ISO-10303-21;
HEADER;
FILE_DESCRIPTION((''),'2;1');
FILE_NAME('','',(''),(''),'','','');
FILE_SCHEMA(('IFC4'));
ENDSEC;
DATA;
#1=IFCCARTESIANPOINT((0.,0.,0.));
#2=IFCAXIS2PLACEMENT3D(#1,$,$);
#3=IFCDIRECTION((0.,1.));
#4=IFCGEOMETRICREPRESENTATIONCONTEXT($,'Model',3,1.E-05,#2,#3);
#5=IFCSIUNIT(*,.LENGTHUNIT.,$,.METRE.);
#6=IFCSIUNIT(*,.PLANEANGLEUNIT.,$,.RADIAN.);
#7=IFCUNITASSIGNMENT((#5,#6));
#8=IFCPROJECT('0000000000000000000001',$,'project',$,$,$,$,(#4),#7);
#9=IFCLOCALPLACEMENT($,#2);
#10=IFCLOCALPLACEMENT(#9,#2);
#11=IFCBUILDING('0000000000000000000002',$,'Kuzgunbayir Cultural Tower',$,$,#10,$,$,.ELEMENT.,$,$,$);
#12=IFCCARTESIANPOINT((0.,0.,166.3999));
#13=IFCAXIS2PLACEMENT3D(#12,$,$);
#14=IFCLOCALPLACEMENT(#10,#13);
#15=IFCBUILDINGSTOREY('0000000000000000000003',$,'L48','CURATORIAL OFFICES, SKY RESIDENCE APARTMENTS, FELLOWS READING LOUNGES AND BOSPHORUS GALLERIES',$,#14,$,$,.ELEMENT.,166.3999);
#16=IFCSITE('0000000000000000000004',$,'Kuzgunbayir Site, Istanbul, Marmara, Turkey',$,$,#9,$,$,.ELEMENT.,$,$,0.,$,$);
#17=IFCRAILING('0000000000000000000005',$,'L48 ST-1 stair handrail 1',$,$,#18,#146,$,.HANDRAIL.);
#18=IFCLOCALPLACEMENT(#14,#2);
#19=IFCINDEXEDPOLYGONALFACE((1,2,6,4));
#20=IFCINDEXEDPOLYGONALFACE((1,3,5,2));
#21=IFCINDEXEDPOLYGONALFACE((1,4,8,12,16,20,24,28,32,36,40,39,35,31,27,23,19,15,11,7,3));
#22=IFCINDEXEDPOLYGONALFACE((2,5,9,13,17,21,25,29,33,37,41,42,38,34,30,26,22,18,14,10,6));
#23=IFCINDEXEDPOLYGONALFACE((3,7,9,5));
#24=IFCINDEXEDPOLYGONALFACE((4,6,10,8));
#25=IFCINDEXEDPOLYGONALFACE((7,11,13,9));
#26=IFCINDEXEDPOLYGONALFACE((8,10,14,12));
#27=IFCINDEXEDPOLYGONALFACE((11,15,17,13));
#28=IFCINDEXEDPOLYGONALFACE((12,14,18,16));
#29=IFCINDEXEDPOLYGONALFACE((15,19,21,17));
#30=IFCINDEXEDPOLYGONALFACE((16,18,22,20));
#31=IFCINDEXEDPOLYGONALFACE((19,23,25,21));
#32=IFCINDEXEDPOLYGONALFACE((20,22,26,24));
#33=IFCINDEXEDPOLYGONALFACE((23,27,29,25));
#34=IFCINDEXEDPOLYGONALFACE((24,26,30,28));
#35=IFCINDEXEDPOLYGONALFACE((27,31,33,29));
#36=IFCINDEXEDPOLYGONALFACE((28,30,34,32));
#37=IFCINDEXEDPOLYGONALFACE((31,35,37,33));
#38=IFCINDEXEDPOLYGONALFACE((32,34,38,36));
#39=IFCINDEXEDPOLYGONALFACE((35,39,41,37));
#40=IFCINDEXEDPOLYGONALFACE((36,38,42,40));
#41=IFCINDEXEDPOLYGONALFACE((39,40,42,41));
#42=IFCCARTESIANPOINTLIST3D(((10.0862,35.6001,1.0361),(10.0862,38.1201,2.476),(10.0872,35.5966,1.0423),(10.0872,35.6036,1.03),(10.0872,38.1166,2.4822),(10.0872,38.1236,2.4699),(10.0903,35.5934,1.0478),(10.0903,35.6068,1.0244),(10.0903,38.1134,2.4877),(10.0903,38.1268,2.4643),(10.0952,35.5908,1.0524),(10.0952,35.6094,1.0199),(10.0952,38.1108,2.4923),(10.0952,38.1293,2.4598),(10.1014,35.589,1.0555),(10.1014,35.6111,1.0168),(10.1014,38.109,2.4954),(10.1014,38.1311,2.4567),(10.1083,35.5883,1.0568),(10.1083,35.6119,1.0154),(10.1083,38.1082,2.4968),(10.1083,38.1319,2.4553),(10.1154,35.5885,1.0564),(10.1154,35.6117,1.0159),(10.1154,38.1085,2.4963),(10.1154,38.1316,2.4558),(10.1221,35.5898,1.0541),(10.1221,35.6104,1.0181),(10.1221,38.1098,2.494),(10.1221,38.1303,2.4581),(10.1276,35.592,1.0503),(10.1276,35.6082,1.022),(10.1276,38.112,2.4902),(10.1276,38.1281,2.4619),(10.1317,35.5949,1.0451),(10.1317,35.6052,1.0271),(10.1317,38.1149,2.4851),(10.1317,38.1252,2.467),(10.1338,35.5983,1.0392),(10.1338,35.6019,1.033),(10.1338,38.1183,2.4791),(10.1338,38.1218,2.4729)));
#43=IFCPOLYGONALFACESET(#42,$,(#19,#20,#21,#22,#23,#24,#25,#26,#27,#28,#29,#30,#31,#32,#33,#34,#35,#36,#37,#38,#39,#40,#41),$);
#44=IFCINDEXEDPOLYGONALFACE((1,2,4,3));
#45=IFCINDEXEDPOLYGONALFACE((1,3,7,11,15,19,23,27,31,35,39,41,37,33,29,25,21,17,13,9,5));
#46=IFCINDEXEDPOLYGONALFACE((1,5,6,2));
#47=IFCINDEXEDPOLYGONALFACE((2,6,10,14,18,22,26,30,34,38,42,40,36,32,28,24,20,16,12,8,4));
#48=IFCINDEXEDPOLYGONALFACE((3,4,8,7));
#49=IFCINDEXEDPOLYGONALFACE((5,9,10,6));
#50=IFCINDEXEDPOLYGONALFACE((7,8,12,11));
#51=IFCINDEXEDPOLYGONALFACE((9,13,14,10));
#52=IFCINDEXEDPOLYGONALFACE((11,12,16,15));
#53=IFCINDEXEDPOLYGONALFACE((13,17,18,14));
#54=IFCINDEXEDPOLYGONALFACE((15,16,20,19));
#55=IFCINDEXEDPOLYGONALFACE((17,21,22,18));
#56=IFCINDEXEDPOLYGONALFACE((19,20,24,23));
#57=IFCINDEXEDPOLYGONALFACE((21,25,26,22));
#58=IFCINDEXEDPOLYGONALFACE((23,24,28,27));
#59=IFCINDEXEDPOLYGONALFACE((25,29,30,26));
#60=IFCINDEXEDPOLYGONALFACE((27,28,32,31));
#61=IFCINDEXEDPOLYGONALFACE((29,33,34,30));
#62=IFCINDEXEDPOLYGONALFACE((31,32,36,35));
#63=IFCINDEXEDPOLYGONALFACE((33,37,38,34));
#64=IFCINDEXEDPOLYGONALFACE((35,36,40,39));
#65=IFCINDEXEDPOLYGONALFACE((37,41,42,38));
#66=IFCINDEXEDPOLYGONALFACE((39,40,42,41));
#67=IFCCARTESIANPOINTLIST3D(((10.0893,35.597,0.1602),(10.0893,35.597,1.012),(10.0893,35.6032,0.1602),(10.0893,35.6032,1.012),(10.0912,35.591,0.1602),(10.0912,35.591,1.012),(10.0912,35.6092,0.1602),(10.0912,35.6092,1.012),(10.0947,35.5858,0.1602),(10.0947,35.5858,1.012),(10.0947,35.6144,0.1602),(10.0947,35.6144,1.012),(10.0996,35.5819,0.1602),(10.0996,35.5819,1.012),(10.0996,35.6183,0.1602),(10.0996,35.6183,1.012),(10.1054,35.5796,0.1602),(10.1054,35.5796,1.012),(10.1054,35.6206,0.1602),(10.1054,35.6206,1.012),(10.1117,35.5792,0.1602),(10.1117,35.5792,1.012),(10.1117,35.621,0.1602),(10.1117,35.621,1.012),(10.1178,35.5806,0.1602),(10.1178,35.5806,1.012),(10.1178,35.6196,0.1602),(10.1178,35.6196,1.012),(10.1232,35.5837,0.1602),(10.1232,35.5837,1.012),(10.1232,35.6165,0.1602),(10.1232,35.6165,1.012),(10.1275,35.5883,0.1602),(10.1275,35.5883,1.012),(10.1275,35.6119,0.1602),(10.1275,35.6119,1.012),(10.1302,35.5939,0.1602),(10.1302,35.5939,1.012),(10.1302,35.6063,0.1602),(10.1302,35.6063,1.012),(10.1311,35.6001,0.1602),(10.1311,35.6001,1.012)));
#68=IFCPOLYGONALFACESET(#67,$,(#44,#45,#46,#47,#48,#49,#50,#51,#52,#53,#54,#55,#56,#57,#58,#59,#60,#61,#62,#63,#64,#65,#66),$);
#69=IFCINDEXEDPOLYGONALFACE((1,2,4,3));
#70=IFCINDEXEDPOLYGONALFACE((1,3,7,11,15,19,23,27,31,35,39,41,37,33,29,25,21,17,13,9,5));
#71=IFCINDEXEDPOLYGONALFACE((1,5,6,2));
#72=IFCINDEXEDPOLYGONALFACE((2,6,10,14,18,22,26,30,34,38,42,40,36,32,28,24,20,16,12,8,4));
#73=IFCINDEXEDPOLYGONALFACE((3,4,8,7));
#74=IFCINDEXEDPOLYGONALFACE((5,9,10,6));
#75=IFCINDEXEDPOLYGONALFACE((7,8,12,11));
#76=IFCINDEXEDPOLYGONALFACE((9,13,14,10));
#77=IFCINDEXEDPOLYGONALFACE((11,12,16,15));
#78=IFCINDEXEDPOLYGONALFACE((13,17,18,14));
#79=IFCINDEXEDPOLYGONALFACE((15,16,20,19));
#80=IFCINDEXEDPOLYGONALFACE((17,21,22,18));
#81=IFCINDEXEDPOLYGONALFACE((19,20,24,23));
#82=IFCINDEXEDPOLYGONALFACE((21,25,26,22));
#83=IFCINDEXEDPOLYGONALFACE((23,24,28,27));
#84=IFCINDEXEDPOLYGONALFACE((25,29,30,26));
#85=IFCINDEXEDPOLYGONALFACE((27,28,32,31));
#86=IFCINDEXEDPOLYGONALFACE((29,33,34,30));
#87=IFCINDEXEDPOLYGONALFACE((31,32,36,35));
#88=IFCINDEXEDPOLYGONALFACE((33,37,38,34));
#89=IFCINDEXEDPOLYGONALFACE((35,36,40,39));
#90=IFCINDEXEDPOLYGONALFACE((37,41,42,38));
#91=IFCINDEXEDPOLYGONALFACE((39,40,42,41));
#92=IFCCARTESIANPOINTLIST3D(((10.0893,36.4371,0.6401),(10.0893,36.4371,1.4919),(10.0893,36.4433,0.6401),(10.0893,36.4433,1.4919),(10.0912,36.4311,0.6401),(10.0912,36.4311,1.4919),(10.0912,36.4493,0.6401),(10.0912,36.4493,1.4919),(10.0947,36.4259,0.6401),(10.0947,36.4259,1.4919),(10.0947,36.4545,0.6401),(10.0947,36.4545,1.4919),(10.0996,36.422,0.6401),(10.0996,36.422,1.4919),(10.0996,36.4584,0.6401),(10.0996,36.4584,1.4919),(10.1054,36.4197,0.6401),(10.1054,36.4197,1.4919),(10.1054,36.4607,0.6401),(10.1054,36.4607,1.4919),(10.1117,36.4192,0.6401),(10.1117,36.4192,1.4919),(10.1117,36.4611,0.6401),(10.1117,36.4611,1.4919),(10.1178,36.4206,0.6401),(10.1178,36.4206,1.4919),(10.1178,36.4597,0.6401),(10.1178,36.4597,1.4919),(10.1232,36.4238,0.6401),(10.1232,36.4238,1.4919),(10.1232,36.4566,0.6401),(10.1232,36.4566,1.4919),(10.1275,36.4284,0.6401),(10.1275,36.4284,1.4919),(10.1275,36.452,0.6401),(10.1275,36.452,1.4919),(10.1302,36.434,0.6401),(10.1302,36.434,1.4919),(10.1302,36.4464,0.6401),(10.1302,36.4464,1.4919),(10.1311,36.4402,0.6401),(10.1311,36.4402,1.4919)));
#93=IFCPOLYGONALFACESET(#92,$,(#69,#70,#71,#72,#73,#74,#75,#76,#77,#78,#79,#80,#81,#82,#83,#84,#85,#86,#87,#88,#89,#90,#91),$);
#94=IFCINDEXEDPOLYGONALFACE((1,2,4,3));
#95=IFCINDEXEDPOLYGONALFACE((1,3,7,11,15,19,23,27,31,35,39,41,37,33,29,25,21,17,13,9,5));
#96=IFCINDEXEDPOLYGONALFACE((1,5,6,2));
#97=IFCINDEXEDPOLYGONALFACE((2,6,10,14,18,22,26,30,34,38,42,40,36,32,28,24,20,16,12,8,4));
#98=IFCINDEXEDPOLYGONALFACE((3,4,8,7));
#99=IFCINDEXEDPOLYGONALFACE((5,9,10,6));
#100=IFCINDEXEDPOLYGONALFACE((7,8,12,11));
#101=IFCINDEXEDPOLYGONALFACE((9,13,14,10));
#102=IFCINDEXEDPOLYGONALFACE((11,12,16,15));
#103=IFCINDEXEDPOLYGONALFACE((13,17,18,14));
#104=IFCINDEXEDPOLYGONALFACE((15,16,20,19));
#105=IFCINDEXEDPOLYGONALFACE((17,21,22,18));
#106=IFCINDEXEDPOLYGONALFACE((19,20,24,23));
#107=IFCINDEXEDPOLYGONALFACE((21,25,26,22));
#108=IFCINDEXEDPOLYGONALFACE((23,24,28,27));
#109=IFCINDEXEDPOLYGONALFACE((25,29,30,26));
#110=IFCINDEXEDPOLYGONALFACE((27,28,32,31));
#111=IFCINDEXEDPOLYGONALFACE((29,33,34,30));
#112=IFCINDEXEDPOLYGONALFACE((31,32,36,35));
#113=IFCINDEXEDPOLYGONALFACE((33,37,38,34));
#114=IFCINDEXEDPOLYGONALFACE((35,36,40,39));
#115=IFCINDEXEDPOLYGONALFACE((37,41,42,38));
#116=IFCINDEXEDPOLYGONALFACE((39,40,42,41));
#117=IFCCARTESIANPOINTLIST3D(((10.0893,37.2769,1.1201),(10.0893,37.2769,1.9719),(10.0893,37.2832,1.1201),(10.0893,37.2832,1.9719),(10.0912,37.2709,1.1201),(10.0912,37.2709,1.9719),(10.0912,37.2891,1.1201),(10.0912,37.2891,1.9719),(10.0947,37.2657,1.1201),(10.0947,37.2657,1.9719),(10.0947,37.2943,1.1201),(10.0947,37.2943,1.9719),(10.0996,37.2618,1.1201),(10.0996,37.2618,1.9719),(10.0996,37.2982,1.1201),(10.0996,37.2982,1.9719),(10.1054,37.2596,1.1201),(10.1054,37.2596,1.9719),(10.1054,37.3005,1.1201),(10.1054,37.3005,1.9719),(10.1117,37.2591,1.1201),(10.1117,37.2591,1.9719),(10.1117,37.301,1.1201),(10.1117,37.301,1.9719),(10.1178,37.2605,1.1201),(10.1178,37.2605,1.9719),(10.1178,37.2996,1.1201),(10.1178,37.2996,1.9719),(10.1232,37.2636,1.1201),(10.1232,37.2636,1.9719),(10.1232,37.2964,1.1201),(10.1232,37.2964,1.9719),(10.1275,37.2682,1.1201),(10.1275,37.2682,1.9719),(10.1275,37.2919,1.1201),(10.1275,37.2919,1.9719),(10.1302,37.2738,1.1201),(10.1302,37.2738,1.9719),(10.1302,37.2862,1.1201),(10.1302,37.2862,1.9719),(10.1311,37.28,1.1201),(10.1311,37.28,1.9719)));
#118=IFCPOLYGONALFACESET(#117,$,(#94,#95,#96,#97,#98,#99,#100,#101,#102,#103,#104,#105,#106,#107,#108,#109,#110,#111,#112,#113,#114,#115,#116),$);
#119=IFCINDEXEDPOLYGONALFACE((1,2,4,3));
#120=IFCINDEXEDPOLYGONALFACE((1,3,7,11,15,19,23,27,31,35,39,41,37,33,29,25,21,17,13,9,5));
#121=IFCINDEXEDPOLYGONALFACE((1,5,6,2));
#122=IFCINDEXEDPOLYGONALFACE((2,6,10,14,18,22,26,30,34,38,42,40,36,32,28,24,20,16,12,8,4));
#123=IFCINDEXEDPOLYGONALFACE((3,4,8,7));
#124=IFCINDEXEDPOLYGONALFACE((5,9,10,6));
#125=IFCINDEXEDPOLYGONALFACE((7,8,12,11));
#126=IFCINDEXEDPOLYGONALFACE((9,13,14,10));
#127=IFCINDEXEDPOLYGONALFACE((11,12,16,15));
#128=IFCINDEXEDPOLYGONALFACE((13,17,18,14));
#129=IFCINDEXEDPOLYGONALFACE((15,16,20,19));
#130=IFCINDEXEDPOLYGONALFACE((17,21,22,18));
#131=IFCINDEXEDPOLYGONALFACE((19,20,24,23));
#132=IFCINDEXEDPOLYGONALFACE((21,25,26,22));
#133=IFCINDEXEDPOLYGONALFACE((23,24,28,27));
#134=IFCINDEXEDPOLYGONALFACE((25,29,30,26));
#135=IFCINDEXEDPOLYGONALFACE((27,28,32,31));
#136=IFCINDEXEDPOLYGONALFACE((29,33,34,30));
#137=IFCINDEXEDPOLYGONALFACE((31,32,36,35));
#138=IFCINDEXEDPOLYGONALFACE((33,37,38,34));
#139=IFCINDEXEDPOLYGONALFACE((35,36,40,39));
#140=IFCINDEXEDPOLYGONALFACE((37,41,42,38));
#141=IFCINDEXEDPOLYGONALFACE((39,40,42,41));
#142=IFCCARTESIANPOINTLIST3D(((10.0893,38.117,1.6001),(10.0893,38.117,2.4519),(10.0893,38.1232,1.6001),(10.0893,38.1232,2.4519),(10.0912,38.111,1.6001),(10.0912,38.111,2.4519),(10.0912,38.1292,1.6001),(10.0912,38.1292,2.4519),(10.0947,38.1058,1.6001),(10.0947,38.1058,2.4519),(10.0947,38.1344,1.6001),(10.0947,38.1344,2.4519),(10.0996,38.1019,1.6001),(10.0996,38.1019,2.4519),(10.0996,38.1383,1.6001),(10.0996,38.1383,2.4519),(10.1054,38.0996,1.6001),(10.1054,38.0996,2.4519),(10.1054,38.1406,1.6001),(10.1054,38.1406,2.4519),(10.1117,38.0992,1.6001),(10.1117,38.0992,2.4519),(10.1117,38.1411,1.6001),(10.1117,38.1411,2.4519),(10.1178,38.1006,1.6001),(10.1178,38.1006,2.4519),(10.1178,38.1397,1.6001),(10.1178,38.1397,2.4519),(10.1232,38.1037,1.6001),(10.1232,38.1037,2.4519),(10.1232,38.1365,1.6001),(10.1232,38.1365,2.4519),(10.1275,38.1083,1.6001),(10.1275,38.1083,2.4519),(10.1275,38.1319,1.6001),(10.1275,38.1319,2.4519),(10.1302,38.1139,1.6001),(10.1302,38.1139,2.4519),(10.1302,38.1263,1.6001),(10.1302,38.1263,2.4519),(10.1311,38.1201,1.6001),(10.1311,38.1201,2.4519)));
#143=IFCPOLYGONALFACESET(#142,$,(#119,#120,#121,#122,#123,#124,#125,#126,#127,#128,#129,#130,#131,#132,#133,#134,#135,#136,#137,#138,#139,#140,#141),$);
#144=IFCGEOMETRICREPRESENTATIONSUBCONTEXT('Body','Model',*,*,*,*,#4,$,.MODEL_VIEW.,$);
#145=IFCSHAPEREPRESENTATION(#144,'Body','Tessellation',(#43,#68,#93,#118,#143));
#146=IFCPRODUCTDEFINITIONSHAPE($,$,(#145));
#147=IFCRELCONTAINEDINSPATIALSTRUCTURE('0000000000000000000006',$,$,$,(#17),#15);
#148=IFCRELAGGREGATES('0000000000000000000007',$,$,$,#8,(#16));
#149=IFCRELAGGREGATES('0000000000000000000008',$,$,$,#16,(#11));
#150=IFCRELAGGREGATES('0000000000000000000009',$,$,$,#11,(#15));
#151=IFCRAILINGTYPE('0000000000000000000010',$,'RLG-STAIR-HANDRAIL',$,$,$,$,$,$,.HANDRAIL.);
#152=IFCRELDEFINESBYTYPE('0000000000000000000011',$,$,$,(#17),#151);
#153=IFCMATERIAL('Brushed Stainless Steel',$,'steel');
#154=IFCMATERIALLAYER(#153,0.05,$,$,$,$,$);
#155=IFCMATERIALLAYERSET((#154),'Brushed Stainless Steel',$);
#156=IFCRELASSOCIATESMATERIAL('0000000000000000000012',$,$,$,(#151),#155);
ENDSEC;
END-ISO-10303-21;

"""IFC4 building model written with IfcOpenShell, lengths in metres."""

from ifc_helpers import new_model, si_unit, direction, frame, origin, origin_2d, place, context, subcontext, project, spatial, circle, extrude, material, layer, layer_set, type_object, element, save


model = new_model("IFC4")

# Units and contexts
model_context = context("Model", 3, precision=1e-05, world=origin(), true_north=direction((0.0, 1.0)))
body_context = subcontext(model_context, "Body", "Model", "MODEL_VIEW")
ifc_project = project(units=[si_unit("LENGTHUNIT", "METRE"), si_unit("PLANEANGLEUNIT", "RADIAN")], contexts=[model_context])

# Site, building, storey
site_placement = place(None, origin())
site = spatial("IfcSite", under=ifc_project, at=site_placement, Name="Kuzgunbayir Site, Istanbul, Marmara, Turkey", CompositionType="ELEMENT", RefElevation=0.0)
building_placement = place(site_placement, origin())
building = spatial("IfcBuilding", under=site, at=building_placement, Name="Kuzgunbayir Cultural Tower", CompositionType="ELEMENT")
storey_placement = place(building_placement, frame((0.0, 0.0, 166.3999)))
storey = spatial("IfcBuildingStorey", under=building, at=storey_placement, Name="L48", Description="CURATORIAL OFFICES, SKY RESIDENCE APARTMENTS, FELLOWS READING LOUNGES AND BOSPHORUS GALLERIES", CompositionType="ELEMENT", Elevation=166.3999)

# Shared definitions
ifc_material_1 = material(Name="Brushed Stainless Steel", Category="steel")

# Railing
ifc_layer_1 = layer(ifc_material_1, 0.05)
ifc_layer_set_1 = layer_set([ifc_layer_1], Name="Brushed Stainless Steel")
railing_type_1 = type_object("IfcRailingType", Name="RLG-STAIR-HANDRAIL", PredefinedType="HANDRAIL", material=ifc_layer_set_1)
railing_1_placement = place(storey_placement, frame((10.1101, 35.6001, 0.1602)))
element("IfcRailing", 1, at=railing_1_placement, inside=storey, type_object=railing_type_1, Name="L48 ST-1 stair handrail 1", PredefinedType="HANDRAIL", context=body_context, shape_type="SweptSolid", body=[
    extrude(circle(Radius=0.0239, at=origin_2d()), frame((0.0, 0.0, 0.876), z_axis=(0.0, 0.868253, 0.496121), x_axis=(-1.0, 0.0, 0.0)), (0.0, 0.0, 1.0), 2.9023),
    extrude(circle(Radius=0.021, at=origin_2d()), origin(), (0.0, 0.0, 1.0), 0.8518),
    extrude(circle(Radius=0.021, at=origin_2d()), frame((0.0, 0.8401, 0.48)), (0.0, 0.0, 1.0), 0.8518),
    extrude(circle(Radius=0.021, at=origin_2d()), frame((0.0, 1.6799, 0.96)), (0.0, 0.0, 1.0), 0.8518),
    extrude(circle(Radius=0.021, at=origin_2d()), frame((0.0, 2.52, 1.4399)), (0.0, 0.0, 1.0), 0.8518),
])

save(model, "model.ifc")
